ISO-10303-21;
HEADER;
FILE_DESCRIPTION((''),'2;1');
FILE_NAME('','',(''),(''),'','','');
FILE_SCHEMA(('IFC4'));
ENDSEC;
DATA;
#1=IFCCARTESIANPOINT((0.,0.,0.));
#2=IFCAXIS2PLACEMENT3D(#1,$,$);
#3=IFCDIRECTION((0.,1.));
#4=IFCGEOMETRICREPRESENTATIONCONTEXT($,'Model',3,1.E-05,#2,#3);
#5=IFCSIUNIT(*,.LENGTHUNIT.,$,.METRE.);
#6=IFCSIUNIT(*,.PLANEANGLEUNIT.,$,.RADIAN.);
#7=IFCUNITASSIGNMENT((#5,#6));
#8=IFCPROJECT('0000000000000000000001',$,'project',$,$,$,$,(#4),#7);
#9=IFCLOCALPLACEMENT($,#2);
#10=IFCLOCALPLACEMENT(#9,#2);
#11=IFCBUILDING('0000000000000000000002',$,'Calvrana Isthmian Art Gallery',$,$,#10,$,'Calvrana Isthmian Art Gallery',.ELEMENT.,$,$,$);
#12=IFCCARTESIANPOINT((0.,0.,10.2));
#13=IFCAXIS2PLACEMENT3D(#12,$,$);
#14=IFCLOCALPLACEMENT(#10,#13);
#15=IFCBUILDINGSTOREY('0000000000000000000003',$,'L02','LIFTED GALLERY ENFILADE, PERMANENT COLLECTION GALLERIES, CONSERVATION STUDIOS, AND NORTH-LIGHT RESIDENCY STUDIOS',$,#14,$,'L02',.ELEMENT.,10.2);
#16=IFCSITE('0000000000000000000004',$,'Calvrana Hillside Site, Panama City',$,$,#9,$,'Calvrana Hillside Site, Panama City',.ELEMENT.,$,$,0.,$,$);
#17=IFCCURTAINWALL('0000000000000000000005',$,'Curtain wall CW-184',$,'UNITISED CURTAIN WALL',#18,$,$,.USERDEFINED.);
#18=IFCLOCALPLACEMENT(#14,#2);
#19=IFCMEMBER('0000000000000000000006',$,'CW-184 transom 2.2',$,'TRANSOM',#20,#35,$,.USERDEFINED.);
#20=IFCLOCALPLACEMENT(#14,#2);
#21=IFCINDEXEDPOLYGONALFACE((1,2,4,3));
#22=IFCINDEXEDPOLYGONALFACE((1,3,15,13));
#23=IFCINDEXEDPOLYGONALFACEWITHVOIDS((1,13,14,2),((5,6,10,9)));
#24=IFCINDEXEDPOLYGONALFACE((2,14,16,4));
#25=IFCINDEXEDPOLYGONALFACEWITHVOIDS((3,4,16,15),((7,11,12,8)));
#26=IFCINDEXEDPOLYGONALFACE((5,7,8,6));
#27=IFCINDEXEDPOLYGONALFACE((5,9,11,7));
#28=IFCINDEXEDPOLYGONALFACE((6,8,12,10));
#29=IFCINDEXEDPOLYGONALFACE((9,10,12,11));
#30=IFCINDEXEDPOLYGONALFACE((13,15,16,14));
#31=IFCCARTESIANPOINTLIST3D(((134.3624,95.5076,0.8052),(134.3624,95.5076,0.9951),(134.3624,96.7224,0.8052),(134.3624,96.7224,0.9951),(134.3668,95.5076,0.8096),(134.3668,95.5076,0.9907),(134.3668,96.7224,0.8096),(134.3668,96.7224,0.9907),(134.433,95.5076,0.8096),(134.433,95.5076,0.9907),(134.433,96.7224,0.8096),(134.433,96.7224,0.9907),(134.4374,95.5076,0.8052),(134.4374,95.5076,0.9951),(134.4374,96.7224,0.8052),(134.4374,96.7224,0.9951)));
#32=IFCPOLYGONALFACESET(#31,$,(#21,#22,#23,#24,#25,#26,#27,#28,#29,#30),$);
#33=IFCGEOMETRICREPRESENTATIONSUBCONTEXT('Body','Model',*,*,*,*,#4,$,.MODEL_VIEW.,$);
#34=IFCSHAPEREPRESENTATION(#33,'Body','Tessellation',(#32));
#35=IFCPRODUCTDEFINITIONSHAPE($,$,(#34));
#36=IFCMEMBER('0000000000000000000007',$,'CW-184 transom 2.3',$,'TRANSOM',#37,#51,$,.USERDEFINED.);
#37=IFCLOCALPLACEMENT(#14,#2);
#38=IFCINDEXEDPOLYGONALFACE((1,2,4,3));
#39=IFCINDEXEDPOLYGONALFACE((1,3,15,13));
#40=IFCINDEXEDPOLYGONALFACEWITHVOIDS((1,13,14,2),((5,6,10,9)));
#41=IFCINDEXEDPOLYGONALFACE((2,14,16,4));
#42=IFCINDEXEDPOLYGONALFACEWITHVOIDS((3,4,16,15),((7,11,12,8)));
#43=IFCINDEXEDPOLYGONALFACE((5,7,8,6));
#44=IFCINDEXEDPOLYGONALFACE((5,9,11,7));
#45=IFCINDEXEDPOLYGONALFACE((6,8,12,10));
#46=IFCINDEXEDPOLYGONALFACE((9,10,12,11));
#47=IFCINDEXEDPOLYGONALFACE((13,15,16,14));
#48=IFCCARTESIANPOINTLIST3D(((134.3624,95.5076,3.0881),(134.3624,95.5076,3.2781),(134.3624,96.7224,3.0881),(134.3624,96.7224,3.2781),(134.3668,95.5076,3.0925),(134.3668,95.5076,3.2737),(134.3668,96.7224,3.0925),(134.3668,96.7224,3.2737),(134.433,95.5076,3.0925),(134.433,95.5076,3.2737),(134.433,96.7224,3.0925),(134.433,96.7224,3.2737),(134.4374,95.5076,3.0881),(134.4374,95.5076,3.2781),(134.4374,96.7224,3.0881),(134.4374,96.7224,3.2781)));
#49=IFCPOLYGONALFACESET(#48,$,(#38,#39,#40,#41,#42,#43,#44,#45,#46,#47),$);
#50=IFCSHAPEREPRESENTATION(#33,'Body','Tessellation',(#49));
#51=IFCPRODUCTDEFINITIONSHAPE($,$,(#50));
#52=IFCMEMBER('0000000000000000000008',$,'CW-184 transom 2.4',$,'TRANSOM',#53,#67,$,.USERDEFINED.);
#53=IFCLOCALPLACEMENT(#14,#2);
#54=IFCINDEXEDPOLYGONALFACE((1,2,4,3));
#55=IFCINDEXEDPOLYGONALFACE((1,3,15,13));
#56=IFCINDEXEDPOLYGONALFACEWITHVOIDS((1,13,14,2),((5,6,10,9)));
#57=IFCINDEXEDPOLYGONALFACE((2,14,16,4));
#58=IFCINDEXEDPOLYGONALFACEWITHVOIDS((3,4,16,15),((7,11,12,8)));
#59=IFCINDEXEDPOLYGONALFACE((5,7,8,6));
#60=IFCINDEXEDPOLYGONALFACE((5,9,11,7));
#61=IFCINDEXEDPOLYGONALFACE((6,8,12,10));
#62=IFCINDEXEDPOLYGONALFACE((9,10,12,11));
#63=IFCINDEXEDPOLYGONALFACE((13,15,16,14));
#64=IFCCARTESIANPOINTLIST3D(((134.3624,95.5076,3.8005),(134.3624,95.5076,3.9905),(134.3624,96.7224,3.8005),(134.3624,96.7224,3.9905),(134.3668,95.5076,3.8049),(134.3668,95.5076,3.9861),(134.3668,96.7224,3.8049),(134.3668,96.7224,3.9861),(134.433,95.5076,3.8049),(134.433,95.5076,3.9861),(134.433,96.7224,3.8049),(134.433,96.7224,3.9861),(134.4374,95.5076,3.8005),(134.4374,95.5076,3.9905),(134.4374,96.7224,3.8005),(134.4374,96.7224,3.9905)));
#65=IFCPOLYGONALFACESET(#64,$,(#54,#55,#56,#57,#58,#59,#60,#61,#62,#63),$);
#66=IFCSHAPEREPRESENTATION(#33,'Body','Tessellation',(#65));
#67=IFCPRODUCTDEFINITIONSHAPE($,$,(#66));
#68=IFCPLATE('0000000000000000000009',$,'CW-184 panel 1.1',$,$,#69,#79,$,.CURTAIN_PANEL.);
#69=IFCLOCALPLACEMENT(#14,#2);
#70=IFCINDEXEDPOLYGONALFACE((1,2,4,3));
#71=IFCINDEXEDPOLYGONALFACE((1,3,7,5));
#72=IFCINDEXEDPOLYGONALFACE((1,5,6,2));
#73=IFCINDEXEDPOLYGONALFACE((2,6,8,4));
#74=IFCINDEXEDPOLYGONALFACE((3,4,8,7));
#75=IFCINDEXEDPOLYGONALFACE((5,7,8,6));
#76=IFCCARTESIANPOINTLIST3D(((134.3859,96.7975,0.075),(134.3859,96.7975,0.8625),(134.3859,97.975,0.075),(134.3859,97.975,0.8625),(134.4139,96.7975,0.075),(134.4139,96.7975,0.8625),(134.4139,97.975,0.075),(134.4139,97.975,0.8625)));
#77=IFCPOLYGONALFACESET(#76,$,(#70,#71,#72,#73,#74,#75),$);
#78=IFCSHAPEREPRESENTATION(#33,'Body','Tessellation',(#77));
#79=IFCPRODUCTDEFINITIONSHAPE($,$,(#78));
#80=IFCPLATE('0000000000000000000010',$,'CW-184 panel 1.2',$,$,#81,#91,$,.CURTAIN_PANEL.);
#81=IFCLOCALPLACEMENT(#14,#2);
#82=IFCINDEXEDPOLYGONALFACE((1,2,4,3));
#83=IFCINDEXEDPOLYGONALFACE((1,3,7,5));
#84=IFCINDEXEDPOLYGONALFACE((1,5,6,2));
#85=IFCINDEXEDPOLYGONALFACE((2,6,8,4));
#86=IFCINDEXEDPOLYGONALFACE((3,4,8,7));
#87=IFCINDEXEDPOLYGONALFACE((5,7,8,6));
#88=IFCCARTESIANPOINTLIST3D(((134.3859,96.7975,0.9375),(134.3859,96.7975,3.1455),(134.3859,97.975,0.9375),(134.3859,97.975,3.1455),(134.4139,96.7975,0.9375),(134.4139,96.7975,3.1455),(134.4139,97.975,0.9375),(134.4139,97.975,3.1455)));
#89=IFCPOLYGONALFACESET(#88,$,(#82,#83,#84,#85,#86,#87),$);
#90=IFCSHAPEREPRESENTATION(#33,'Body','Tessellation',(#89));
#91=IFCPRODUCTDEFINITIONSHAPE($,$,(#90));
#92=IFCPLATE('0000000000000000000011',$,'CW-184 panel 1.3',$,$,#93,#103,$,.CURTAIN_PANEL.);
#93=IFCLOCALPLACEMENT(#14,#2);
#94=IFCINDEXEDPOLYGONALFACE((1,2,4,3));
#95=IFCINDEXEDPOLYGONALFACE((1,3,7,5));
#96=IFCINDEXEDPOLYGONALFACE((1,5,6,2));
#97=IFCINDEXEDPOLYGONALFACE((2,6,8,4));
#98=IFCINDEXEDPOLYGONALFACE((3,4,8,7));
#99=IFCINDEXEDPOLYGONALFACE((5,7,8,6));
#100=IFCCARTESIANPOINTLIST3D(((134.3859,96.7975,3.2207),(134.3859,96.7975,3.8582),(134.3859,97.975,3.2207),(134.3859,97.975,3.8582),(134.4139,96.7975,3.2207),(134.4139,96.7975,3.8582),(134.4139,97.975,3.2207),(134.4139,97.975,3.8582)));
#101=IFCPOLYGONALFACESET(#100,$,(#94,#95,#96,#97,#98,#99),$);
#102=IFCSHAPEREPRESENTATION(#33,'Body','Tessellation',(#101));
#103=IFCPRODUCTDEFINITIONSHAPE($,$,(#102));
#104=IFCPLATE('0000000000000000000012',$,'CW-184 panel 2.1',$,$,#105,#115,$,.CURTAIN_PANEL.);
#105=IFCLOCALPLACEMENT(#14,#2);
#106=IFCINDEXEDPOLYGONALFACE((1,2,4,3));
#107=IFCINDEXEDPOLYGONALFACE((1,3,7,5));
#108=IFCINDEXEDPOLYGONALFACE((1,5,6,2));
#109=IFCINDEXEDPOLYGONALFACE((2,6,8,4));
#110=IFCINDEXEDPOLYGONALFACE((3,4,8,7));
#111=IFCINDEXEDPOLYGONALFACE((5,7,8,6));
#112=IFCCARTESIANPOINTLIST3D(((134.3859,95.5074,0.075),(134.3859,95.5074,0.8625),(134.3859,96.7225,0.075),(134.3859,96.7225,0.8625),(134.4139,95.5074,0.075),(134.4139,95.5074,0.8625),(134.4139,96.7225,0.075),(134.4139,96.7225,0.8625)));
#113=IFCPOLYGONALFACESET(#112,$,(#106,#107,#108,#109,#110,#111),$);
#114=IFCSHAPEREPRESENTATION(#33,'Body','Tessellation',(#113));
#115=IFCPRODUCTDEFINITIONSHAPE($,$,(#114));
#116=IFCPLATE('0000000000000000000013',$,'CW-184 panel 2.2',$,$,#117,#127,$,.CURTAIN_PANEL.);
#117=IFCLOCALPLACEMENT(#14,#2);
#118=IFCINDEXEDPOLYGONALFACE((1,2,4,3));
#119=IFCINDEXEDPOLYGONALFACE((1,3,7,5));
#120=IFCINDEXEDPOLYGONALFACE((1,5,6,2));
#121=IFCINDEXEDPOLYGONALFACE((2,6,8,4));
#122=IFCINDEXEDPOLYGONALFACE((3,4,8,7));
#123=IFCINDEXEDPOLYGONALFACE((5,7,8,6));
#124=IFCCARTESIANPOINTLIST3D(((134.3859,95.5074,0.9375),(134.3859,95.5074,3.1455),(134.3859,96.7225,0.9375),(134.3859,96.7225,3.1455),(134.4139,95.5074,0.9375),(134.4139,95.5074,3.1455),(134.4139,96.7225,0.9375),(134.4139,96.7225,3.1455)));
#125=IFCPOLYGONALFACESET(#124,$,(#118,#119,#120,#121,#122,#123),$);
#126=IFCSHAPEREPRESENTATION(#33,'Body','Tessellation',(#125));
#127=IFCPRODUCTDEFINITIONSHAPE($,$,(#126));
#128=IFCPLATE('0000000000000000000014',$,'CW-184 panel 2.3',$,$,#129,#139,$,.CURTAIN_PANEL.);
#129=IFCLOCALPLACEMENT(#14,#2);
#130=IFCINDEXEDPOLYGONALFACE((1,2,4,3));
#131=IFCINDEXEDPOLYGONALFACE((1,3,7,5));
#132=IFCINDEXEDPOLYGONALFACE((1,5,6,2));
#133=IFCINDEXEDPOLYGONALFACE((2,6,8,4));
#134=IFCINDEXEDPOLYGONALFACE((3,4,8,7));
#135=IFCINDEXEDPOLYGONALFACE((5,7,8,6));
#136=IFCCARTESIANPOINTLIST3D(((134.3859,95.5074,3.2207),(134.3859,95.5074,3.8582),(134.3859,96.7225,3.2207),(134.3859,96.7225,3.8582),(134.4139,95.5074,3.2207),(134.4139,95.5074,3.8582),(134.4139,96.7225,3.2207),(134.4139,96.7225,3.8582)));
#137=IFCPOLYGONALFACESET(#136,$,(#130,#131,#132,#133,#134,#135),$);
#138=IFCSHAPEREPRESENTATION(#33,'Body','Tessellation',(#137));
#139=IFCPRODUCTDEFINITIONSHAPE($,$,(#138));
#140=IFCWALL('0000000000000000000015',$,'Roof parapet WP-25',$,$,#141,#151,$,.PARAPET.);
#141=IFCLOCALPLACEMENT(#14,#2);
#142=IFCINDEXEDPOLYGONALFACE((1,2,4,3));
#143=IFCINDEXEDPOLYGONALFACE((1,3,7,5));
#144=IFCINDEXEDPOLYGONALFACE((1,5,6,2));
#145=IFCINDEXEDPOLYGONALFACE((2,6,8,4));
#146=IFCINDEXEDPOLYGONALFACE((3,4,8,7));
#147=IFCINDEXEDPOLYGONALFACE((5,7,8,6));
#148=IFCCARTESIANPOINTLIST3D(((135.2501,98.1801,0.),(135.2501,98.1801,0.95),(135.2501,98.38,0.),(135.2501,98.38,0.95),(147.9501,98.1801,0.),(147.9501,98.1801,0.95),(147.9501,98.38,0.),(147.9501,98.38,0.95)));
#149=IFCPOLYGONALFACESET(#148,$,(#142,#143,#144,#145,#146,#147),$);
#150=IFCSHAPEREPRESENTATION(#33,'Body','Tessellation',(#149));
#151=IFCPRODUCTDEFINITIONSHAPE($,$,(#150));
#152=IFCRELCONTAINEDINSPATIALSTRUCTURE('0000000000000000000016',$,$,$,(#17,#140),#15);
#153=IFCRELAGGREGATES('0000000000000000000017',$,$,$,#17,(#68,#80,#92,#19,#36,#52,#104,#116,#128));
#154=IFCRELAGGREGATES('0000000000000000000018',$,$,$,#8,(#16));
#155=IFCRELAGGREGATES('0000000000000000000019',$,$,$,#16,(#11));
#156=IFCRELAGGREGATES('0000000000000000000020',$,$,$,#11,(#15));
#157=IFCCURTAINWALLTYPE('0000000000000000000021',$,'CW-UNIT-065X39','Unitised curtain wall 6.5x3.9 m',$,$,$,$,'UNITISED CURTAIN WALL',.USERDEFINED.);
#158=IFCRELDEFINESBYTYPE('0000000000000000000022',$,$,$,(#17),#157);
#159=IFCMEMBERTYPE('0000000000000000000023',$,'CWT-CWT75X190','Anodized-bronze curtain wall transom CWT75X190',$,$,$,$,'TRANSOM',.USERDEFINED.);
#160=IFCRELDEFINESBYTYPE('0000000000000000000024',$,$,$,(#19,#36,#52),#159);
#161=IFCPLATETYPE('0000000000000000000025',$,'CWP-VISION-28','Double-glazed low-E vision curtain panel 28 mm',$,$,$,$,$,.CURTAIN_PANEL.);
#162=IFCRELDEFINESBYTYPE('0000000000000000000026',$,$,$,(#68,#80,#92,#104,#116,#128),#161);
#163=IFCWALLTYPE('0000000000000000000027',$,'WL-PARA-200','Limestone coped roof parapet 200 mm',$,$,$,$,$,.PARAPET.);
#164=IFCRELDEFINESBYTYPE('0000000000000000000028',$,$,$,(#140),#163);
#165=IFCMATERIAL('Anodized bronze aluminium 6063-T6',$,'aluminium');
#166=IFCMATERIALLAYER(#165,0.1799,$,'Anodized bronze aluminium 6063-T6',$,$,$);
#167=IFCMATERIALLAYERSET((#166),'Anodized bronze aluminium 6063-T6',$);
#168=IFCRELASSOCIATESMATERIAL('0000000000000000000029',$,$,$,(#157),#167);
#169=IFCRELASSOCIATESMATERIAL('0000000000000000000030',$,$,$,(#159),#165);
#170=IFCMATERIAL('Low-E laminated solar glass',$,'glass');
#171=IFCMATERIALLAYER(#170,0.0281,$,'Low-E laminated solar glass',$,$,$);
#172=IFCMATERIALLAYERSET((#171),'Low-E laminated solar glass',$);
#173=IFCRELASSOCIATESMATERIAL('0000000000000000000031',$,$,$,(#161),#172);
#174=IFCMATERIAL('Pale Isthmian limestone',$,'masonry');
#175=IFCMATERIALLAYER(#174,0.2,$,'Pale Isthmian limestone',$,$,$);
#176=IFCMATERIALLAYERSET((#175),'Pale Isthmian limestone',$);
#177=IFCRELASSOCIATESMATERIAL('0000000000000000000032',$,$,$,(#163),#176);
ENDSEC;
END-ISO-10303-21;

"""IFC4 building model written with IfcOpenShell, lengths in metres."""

from ifc_helpers import new_model, si_unit, direction, frame, frame_2d, origin, origin_2d, place, context, subcontext, project, spatial, rectangle, hollow_rectangle, extrude, material, layer, layer_set, material_profile, profile_set, type_object, element, aggregate, save


model = new_model("IFC4")

# Units and contexts
model_context = context("Model", 3, precision=1e-05, world=origin(), true_north=direction((0.0, 1.0)))
body_context = subcontext(model_context, "Body", "Model", "MODEL_VIEW")
ifc_project = project(units=[si_unit("LENGTHUNIT", "METRE"), si_unit("PLANEANGLEUNIT", "RADIAN")], contexts=[model_context])

# Site, building, storey
site_placement = place(None, origin())
site = spatial("IfcSite", under=ifc_project, at=site_placement, Name="Calvrana Hillside Site, Panama City", LongName="Calvrana Hillside Site, Panama City", CompositionType="ELEMENT", RefElevation=0.0)
building_placement = place(site_placement, origin())
building = spatial("IfcBuilding", under=site, at=building_placement, Name="Calvrana Isthmian Art Gallery", LongName="Calvrana Isthmian Art Gallery", CompositionType="ELEMENT")
storey_placement = place(building_placement, frame((0.0, 0.0, 10.2)))
storey = spatial("IfcBuildingStorey", under=building, at=storey_placement, Name="L02", Description="LIFTED GALLERY ENFILADE, PERMANENT COLLECTION GALLERIES, CONSERVATION STUDIOS, AND NORTH-LIGHT RESIDENCY STUDIOS", LongName="L02", CompositionType="ELEMENT", Elevation=10.2)

# Curtain wall, members, plates
ifc_material_1 = material(Name="Anodized bronze aluminium 6063-T6", Category="aluminium")
ifc_layer_1 = layer(ifc_material_1, 0.1799, Name="Anodized bronze aluminium 6063-T6")
ifc_layer_set_1 = layer_set([ifc_layer_1], Name="Anodized bronze aluminium 6063-T6")
curtain_wall_type = type_object("IfcCurtainWallType", Name="CW-UNIT-065X39", Description="Unitised curtain wall 6.5x3.9 m", ElementType="UNITISED CURTAIN WALL", PredefinedType="USERDEFINED", material=ifc_layer_set_1)
curtain_wall_placement = place(storey_placement, origin())
curtain_wall = element("IfcCurtainWall", 1, at=curtain_wall_placement, inside=storey, type_object=curtain_wall_type, Name="Curtain wall CW-184", ObjectType="UNITISED CURTAIN WALL", PredefinedType="USERDEFINED")
ifc_material_profile_1 = material_profile(ifc_material_1, hollow_rectangle(XDim=0.075, YDim=0.1899, WallThickness=0.0044, at=origin_2d()), Name="CWT75X190")
ifc_profile_set_1 = profile_set([ifc_material_profile_1], Name="Anodized bronze aluminium 6063-T6")
member_type_1 = type_object("IfcMemberType", Name="CWT-CWT75X190", Description="Anodized-bronze curtain wall transom CWT75X190", ElementType="TRANSOM", PredefinedType="USERDEFINED", material=ifc_profile_set_1)
member_1_placement = place(storey_placement, frame((134.3999, 96.7224, 0.9001), z_axis=(0.0, -1.0, 0.0), x_axis=(1.0, 0.0, 0.0)))
member_1 = element("IfcMember", 2, at=member_1_placement, type_object=member_type_1, Name="CW-184 transom 2.2", ObjectType="TRANSOM", PredefinedType="USERDEFINED", context=body_context, shape_type="SweptSolid", body=[
    extrude(hollow_rectangle(XDim=0.075, YDim=0.1899, WallThickness=0.0044, at=origin_2d()), origin(), (0.0, 0.0, 1.0), 1.2148),
])
member_2_placement = place(storey_placement, frame((134.3999, 96.7224, 3.1831), z_axis=(0.0, -1.0, 0.0), x_axis=(1.0, 0.0, 0.0)))
member_2 = element("IfcMember", 3, at=member_2_placement, type_object=member_type_1, Name="CW-184 transom 2.3", ObjectType="TRANSOM", PredefinedType="USERDEFINED", context=body_context, shape_type="SweptSolid", body=[
    extrude(hollow_rectangle(XDim=0.075, YDim=0.1899, WallThickness=0.0044, at=origin_2d()), origin(), (0.0, 0.0, 1.0), 1.2148),
])
member_3_placement = place(storey_placement, frame((134.3999, 96.7224, 3.8955), z_axis=(0.0, -1.0, 0.0), x_axis=(1.0, 0.0, 0.0)))
member_3 = element("IfcMember", 4, at=member_3_placement, type_object=member_type_1, Name="CW-184 transom 2.4", ObjectType="TRANSOM", PredefinedType="USERDEFINED", context=body_context, shape_type="SweptSolid", body=[
    extrude(hollow_rectangle(XDim=0.075, YDim=0.1899, WallThickness=0.0044, at=origin_2d()), origin(), (0.0, 0.0, 1.0), 1.2148),
])
ifc_material_2 = material(Name="Low-E laminated solar glass", Category="glass")
ifc_layer_2 = layer(ifc_material_2, 0.0281, Name="Low-E laminated solar glass")
ifc_layer_set_2 = layer_set([ifc_layer_2], Name="Low-E laminated solar glass")
plate_type = type_object("IfcPlateType", Name="CWP-VISION-28", Description="Double-glazed low-E vision curtain panel 28 mm", PredefinedType="CURTAIN_PANEL", material=ifc_layer_set_2)
plate_1_placement = place(storey_placement, frame((134.3999, 97.3862, 0.075), z_axis=(0.0, 0.0, 1.0), x_axis=(0.0, -1.0, 0.0)))
plate_1 = element("IfcPlate", 5, at=plate_1_placement, type_object=plate_type, Name="CW-184 panel 1.1", PredefinedType="CURTAIN_PANEL", context=body_context, shape_type="SweptSolid", body=[
    extrude(rectangle(XDim=1.1775, YDim=0.0281, at=origin_2d()), origin(), (0.0, 0.0, 1.0), 0.7876),
])
plate_2_placement = place(storey_placement, frame((134.3999, 97.3862, 0.9375), z_axis=(0.0, 0.0, 1.0), x_axis=(0.0, -1.0, 0.0)))
plate_2 = element("IfcPlate", 6, at=plate_2_placement, type_object=plate_type, Name="CW-184 panel 1.2", PredefinedType="CURTAIN_PANEL", context=body_context, shape_type="SweptSolid", body=[
    extrude(rectangle(XDim=1.1775, YDim=0.0281, at=origin_2d()), origin(), (0.0, 0.0, 1.0), 2.208),
])
plate_3_placement = place(storey_placement, frame((134.3999, 97.3862, 3.2207), z_axis=(0.0, 0.0, 1.0), x_axis=(0.0, -1.0, 0.0)))
plate_3 = element("IfcPlate", 7, at=plate_3_placement, type_object=plate_type, Name="CW-184 panel 1.3", PredefinedType="CURTAIN_PANEL", context=body_context, shape_type="SweptSolid", body=[
    extrude(rectangle(XDim=1.1775, YDim=0.0281, at=origin_2d()), origin(), (0.0, 0.0, 1.0), 0.6375),
])
plate_4_placement = place(storey_placement, frame((134.3999, 96.115, 0.075), z_axis=(0.0, 0.0, 1.0), x_axis=(0.0, -1.0, 0.0)))
plate_4 = element("IfcPlate", 8, at=plate_4_placement, type_object=plate_type, Name="CW-184 panel 2.1", PredefinedType="CURTAIN_PANEL", context=body_context, shape_type="SweptSolid", body=[
    extrude(rectangle(XDim=1.2151, YDim=0.0281, at=origin_2d()), origin(), (0.0, 0.0, 1.0), 0.7876),
])
plate_5_placement = place(storey_placement, frame((134.3999, 96.115, 0.9375), z_axis=(0.0, 0.0, 1.0), x_axis=(0.0, -1.0, 0.0)))
plate_5 = element("IfcPlate", 9, at=plate_5_placement, type_object=plate_type, Name="CW-184 panel 2.2", PredefinedType="CURTAIN_PANEL", context=body_context, shape_type="SweptSolid", body=[
    extrude(rectangle(XDim=1.2151, YDim=0.0281, at=origin_2d()), origin(), (0.0, 0.0, 1.0), 2.208),
])
plate_6_placement = place(storey_placement, frame((134.3999, 96.115, 3.2207), z_axis=(0.0, 0.0, 1.0), x_axis=(0.0, -1.0, 0.0)))
plate_6 = element("IfcPlate", 10, at=plate_6_placement, type_object=plate_type, Name="CW-184 panel 2.3", PredefinedType="CURTAIN_PANEL", context=body_context, shape_type="SweptSolid", body=[
    extrude(rectangle(XDim=1.2151, YDim=0.0281, at=origin_2d()), origin(), (0.0, 0.0, 1.0), 0.6375),
])
aggregate(curtain_wall, [plate_1, plate_2, plate_3, member_1, member_2, member_3, plate_4, plate_5, plate_6])

# Wall
ifc_material_3 = material(Name="Pale Isthmian limestone", Category="masonry")
ifc_layer_3 = layer(ifc_material_3, 0.2, Name="Pale Isthmian limestone")
ifc_layer_set_3 = layer_set([ifc_layer_3], Name="Pale Isthmian limestone")
wall_type = type_object("IfcWallType", Name="WL-PARA-200", Description="Limestone coped roof parapet 200 mm", PredefinedType="PARAPET", material=ifc_layer_set_3)
wall_placement = place(storey_placement, frame((135.25, 98.28, 0.0), z_axis=(0.0, 0.0, 1.0), x_axis=(1.0, 0.0, 0.0)))
element("IfcWall", 11, at=wall_placement, inside=storey, type_object=wall_type, Name="Roof parapet WP-25", PredefinedType="PARAPET", context=body_context, shape_type="SweptSolid", body=[
    extrude(rectangle(XDim=12.7, YDim=0.2, at=frame_2d((6.3501, 0.0))), origin(), (0.0, 0.0, 1.0), 0.95),
])

save(model, "model.ifc")
